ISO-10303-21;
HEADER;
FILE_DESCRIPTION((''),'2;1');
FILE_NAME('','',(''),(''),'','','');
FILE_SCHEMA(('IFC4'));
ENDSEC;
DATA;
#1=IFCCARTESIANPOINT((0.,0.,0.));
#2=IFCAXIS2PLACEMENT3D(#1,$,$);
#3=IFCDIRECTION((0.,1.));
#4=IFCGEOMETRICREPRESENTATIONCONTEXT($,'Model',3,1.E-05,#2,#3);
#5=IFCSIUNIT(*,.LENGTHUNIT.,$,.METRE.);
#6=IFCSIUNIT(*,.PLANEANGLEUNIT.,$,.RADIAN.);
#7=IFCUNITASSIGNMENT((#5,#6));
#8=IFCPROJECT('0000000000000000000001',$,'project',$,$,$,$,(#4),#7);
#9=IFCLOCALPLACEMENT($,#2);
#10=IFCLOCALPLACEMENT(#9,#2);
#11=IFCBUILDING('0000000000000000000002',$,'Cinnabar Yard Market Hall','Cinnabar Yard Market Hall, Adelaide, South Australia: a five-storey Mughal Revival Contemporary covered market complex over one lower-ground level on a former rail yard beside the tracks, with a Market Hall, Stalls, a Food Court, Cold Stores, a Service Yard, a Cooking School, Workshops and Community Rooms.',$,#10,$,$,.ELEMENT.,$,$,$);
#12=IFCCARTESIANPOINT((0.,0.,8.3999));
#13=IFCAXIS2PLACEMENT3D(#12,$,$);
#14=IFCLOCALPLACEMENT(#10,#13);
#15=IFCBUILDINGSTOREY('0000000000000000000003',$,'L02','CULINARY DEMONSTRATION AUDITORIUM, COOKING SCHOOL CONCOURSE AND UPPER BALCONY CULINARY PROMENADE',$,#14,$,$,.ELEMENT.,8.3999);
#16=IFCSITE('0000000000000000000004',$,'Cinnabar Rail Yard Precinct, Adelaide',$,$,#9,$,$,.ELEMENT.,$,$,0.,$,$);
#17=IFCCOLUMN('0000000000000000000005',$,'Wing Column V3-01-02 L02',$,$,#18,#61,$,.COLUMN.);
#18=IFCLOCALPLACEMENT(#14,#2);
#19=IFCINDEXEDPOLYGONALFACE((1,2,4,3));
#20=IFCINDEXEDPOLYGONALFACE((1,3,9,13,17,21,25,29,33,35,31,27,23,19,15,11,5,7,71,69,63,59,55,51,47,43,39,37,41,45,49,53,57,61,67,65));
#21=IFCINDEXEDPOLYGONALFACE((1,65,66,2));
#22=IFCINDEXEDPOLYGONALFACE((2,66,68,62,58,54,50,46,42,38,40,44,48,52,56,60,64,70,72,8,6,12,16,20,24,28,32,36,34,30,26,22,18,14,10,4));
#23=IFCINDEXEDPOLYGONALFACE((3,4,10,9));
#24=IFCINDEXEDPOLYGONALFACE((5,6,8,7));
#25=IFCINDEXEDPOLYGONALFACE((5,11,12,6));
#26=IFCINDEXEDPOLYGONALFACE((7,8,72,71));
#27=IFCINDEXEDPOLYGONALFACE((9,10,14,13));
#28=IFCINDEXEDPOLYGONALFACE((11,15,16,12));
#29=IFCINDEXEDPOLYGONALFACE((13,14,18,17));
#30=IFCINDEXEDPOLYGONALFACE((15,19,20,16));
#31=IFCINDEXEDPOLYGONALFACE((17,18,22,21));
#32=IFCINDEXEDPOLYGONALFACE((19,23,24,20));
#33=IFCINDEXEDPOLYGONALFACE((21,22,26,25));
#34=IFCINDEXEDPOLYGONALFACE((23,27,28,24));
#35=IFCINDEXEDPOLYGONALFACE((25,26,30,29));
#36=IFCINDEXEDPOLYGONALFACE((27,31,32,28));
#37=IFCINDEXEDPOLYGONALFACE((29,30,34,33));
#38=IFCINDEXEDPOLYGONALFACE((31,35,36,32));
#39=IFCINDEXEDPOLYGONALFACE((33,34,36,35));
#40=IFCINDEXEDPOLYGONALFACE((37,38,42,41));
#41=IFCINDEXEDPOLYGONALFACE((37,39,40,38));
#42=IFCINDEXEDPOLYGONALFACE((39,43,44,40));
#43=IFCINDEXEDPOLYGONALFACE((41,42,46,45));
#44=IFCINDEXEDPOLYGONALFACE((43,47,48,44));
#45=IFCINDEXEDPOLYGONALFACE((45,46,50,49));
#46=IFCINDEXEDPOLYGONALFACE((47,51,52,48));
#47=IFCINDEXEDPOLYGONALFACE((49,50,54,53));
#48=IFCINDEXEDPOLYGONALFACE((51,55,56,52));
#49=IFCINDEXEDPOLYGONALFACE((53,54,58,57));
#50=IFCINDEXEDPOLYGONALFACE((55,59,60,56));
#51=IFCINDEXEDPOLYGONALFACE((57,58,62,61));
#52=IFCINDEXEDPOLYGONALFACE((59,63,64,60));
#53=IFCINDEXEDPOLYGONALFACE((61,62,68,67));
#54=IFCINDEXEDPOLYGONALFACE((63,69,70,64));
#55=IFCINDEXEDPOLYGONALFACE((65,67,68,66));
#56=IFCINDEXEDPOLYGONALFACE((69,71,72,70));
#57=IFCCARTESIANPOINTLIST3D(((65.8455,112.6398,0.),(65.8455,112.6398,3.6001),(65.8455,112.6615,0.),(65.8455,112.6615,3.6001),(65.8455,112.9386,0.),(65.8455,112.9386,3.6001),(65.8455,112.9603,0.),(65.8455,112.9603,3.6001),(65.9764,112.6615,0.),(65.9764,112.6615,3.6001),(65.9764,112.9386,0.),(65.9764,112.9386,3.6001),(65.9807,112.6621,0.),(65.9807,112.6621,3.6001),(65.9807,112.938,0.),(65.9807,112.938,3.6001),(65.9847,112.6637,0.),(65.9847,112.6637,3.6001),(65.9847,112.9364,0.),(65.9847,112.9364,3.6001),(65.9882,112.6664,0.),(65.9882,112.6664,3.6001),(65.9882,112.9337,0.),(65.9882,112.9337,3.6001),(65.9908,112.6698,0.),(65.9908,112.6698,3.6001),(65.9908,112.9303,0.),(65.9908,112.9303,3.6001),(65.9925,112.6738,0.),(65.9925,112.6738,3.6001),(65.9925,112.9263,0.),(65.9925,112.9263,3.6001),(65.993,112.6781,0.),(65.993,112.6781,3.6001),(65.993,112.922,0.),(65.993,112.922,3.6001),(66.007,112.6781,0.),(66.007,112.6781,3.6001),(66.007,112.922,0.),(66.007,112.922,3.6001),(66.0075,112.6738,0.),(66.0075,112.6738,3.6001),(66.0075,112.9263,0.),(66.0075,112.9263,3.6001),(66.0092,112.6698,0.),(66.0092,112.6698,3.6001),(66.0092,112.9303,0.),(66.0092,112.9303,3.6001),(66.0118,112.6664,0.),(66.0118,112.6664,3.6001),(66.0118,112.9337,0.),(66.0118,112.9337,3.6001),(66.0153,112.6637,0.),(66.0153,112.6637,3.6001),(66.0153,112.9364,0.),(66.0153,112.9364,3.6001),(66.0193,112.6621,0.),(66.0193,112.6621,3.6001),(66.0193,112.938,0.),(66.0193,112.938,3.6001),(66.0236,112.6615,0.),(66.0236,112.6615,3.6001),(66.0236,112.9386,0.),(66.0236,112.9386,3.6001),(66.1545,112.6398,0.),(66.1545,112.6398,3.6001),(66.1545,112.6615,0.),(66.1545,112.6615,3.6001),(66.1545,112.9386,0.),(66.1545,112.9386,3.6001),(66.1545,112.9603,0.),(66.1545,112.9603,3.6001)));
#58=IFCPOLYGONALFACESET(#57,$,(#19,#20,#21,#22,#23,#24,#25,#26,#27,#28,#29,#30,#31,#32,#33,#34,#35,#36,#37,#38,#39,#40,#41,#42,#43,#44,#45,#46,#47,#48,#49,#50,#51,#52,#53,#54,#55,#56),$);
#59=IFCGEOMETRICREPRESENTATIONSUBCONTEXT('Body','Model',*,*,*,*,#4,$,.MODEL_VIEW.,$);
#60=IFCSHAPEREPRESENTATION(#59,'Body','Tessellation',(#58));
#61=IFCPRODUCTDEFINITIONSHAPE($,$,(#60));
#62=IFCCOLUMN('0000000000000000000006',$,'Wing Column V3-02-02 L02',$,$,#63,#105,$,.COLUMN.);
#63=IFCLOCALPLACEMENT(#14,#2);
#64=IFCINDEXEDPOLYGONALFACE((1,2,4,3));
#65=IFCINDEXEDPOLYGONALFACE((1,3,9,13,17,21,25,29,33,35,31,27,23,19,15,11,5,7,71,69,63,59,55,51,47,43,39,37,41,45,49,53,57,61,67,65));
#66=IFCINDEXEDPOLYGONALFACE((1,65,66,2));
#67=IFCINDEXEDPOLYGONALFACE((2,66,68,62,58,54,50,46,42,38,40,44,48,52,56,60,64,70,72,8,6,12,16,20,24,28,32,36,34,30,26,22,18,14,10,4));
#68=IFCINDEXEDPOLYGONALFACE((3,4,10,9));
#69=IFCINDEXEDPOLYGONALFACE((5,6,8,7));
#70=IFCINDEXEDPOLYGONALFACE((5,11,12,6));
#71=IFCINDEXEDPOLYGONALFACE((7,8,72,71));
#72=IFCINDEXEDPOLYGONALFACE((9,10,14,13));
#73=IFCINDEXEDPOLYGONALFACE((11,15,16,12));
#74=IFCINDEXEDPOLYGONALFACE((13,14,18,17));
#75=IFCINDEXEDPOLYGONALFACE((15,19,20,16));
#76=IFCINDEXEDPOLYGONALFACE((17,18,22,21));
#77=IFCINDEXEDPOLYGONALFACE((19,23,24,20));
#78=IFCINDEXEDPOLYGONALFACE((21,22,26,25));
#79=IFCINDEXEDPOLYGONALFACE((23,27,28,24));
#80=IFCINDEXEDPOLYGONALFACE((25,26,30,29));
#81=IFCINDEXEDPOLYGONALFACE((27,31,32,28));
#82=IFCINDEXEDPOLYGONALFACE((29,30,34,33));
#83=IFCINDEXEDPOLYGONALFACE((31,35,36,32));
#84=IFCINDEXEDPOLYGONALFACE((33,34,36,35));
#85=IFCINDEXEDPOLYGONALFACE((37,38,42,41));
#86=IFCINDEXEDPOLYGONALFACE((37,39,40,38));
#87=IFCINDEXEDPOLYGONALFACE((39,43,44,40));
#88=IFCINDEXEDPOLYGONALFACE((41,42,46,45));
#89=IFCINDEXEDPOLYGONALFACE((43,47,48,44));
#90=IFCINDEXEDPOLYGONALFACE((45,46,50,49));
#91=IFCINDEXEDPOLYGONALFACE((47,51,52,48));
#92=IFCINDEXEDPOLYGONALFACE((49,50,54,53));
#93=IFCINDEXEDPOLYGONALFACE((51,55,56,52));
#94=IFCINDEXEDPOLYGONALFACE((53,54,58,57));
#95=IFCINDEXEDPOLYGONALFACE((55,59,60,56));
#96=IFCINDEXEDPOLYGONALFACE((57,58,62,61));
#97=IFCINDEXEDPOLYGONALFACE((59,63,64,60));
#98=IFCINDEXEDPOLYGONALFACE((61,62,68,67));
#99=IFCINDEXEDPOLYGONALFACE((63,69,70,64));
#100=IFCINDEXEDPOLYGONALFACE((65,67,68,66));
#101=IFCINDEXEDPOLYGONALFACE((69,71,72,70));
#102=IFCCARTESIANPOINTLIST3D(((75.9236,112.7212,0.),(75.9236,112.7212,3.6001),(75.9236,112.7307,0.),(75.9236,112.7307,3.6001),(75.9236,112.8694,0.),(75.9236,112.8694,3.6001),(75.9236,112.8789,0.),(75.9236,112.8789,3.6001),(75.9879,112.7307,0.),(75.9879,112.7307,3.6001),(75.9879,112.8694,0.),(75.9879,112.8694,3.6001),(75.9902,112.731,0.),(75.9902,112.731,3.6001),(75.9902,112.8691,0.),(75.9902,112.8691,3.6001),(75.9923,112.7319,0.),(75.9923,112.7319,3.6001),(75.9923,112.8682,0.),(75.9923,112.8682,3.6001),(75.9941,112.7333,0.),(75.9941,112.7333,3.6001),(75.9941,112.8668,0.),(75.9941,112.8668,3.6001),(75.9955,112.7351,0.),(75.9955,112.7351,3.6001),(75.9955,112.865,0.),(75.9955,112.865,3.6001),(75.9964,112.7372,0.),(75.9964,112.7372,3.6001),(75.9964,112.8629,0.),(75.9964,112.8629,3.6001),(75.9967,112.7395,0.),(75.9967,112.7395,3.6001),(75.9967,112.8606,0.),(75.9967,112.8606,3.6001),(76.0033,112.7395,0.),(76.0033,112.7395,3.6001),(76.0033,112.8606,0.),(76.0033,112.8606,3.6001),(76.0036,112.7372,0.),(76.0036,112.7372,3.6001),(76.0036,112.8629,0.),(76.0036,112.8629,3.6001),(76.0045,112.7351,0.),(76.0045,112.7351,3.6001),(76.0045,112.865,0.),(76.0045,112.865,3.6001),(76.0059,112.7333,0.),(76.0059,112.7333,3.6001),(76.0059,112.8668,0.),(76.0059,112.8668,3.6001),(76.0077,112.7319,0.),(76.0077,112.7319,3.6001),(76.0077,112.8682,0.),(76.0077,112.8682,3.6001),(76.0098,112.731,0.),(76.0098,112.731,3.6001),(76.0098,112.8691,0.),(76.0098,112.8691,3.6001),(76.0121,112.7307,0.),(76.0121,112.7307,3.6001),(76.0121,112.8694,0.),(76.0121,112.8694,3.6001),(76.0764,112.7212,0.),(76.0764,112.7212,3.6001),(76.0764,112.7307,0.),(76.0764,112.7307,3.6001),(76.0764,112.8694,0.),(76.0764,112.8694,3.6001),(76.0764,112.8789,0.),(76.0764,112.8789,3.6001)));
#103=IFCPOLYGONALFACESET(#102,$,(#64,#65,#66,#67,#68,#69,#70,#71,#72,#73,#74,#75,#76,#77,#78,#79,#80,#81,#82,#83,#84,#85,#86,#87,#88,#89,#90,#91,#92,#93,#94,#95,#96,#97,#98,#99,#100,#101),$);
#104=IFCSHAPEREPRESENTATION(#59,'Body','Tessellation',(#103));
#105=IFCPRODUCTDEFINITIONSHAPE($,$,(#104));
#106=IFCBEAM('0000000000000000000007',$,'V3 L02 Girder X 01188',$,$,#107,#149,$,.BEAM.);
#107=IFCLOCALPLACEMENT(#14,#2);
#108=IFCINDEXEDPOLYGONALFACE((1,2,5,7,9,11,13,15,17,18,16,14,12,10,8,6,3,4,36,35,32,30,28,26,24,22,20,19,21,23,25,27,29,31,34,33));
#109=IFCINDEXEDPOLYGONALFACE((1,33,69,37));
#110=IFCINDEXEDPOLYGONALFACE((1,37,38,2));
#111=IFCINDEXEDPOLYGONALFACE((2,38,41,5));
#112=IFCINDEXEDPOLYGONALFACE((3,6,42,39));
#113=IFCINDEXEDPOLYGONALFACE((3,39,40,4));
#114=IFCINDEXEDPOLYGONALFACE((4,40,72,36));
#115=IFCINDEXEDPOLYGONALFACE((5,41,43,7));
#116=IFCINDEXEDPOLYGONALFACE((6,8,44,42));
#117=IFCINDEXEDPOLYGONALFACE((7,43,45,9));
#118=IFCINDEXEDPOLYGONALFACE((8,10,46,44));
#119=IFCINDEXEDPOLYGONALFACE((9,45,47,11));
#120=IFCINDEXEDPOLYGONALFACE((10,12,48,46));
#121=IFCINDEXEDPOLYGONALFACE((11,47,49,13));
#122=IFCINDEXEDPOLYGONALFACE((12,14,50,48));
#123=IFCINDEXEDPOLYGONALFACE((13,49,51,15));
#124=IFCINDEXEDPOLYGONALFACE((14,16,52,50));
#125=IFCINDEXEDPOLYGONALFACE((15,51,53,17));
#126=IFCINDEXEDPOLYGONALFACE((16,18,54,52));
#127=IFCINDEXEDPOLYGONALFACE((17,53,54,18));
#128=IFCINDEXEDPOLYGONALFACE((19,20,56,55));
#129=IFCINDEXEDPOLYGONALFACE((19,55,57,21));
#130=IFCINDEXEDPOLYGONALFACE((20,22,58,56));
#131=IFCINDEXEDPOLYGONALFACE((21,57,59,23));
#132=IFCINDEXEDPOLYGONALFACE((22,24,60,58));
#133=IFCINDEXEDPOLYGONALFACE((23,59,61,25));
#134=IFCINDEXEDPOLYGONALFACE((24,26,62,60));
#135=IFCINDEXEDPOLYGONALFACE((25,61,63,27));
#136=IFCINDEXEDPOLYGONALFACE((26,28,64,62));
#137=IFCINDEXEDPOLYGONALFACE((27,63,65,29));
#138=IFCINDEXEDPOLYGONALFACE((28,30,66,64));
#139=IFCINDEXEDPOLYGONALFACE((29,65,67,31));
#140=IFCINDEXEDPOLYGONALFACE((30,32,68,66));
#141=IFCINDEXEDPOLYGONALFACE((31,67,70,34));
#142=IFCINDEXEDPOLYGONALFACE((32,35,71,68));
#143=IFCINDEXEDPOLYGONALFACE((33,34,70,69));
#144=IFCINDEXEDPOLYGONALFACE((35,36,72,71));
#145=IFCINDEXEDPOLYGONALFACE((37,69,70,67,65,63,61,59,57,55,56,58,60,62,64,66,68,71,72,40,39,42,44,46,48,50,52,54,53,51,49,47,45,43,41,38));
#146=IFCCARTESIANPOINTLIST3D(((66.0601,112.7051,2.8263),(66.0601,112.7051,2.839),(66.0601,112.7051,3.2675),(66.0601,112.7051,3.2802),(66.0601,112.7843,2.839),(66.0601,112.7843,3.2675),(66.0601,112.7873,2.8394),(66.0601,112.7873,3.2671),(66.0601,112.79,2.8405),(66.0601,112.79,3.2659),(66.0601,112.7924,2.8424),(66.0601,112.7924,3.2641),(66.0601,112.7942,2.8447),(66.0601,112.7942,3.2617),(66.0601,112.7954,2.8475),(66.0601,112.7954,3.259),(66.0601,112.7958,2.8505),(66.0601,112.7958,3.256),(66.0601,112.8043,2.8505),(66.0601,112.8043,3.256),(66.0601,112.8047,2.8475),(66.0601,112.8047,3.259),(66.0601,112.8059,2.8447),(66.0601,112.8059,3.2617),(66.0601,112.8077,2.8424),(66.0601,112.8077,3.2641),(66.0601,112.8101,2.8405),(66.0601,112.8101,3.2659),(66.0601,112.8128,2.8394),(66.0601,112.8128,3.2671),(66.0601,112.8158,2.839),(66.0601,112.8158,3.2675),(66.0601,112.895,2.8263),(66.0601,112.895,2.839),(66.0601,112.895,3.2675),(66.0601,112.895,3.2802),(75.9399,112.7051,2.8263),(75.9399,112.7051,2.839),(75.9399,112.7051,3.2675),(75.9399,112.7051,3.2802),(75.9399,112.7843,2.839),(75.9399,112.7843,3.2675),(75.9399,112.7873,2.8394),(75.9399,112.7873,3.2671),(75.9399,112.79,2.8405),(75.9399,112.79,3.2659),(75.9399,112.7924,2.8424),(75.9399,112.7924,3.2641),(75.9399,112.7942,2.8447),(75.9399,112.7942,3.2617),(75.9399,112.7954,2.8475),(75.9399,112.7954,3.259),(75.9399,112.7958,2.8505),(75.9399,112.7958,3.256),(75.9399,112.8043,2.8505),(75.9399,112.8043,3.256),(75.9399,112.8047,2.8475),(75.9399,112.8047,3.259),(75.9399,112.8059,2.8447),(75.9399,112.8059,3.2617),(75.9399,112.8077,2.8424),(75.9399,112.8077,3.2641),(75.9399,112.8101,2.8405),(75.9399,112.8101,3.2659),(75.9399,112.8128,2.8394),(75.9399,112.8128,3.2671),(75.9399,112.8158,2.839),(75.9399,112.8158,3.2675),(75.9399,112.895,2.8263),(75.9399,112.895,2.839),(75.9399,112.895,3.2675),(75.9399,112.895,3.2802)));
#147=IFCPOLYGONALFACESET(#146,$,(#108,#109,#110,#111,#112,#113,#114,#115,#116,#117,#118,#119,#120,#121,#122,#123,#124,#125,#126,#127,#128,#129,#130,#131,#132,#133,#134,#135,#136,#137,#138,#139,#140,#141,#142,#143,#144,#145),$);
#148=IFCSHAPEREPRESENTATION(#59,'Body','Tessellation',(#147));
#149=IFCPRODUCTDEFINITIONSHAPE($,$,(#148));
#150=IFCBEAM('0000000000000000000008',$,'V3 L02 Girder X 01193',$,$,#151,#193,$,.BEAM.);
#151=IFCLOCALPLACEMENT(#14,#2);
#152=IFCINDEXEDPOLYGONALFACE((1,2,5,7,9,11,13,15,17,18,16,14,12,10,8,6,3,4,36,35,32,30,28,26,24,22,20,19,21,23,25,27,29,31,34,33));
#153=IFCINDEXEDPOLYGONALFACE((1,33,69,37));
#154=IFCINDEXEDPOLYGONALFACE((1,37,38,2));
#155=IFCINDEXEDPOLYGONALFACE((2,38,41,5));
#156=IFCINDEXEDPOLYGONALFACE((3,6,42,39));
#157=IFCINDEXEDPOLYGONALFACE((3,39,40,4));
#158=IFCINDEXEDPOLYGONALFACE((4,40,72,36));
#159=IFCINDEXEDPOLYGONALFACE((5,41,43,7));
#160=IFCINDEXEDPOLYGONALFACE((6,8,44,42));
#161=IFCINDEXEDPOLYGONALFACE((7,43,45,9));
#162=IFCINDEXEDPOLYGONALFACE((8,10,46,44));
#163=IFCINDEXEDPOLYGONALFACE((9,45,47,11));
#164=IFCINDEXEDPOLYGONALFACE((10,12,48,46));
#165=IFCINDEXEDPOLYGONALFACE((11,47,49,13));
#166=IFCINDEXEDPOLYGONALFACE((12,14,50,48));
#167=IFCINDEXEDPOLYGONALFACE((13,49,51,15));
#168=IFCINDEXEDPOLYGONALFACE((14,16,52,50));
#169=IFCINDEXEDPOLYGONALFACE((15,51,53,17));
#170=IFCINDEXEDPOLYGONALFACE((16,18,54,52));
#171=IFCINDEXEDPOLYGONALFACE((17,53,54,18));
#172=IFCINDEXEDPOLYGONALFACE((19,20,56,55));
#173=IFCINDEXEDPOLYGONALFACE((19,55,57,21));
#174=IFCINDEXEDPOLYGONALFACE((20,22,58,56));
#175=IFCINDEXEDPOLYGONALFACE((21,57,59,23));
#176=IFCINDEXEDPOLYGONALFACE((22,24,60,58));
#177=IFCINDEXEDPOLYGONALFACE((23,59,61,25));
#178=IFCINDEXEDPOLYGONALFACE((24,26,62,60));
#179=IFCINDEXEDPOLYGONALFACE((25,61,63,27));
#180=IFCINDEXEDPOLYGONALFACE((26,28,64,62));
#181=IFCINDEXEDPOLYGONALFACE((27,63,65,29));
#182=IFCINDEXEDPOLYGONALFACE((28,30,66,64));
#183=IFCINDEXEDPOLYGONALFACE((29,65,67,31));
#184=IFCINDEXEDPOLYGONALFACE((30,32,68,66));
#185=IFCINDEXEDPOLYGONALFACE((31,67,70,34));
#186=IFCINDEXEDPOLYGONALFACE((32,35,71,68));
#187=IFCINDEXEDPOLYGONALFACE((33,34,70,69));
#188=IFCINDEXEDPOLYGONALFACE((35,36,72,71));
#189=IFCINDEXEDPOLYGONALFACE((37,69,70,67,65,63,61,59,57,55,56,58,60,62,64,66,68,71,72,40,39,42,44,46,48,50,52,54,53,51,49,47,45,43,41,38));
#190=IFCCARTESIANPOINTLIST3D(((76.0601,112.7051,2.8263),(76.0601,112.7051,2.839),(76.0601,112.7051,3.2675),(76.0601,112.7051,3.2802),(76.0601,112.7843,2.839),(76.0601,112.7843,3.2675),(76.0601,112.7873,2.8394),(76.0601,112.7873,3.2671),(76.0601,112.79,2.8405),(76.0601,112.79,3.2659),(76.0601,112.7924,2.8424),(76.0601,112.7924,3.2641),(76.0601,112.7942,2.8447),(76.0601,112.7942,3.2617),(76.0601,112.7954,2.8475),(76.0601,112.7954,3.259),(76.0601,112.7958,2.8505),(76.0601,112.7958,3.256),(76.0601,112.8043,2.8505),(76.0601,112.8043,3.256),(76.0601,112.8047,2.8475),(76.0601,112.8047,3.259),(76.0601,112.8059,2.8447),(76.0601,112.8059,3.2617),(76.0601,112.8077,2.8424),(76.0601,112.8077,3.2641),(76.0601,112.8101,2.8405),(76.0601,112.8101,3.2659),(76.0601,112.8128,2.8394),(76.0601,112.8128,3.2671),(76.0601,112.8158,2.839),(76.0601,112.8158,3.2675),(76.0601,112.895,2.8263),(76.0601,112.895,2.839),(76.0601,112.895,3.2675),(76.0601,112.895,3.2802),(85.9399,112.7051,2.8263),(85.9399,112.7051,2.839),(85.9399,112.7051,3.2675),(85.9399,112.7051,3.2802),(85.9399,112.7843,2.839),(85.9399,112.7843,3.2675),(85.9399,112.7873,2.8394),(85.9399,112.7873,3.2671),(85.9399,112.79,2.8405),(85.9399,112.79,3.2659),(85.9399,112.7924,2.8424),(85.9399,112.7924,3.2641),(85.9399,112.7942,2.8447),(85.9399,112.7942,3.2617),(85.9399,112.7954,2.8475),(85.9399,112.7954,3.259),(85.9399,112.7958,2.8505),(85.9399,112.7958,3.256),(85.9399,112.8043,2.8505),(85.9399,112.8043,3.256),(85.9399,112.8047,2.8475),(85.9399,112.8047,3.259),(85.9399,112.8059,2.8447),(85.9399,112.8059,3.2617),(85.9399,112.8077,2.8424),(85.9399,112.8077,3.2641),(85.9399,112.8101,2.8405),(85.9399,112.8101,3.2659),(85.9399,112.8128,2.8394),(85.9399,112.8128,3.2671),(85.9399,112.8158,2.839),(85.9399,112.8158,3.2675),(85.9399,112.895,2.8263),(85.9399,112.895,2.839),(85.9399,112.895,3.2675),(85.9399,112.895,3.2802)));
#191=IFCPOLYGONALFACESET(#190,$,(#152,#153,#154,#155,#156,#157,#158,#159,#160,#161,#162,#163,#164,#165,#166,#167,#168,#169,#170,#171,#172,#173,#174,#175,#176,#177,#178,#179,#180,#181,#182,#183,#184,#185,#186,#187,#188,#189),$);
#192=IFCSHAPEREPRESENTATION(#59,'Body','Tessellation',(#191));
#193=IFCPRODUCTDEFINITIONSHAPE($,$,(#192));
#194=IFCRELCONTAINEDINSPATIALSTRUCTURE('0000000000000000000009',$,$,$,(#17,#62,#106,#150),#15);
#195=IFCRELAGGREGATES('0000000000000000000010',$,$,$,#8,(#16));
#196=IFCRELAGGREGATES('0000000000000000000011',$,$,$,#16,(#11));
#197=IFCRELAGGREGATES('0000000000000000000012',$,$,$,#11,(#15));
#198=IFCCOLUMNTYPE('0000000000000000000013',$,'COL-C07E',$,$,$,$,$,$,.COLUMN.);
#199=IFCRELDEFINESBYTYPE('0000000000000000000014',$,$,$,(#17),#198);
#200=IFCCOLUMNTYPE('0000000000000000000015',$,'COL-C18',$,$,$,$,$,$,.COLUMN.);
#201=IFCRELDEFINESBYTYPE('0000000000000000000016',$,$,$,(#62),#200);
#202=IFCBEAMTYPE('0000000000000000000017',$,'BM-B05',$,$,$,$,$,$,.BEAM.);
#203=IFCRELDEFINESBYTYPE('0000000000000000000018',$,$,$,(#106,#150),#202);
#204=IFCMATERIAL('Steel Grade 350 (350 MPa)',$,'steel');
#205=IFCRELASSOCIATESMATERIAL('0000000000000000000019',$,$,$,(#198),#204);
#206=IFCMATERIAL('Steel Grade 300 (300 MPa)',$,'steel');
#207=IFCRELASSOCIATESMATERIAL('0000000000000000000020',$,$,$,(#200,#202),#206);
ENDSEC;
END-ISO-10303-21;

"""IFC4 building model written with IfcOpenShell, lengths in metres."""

from ifc_helpers import new_model, si_unit, direction, frame, origin, origin_2d_with_axis, place, context, subcontext, project, spatial, i_section, extrude, material, material_profile, profile_set, type_object, element, save


model = new_model("IFC4")

# Units and contexts
model_context = context("Model", 3, precision=1e-05, world=origin(), true_north=direction((0.0, 1.0)))
body_context = subcontext(model_context, "Body", "Model", "MODEL_VIEW")
ifc_project = project(units=[si_unit("LENGTHUNIT", "METRE"), si_unit("PLANEANGLEUNIT", "RADIAN")], contexts=[model_context])

# Site, building, storey
site_placement = place(None, origin())
site = spatial("IfcSite", under=ifc_project, at=site_placement, Name="Cinnabar Rail Yard Precinct, Adelaide", CompositionType="ELEMENT", RefElevation=0.0)
building_placement = place(site_placement, origin())
building = spatial("IfcBuilding", under=site, at=building_placement, Name="Cinnabar Yard Market Hall", Description="Cinnabar Yard Market Hall, Adelaide, South Australia: a five-storey Mughal Revival Contemporary covered market complex over one lower-ground level on a former rail yard beside the tracks, with a Market Hall, Stalls, a Food Court, Cold Stores, a Service Yard, a Cooking School, Workshops and Community Rooms.", CompositionType="ELEMENT")
storey_placement = place(building_placement, frame((0.0, 0.0, 8.3999)))
storey = spatial("IfcBuildingStorey", under=building, at=storey_placement, Name="L02", Description="CULINARY DEMONSTRATION AUDITORIUM, COOKING SCHOOL CONCOURSE AND UPPER BALCONY CULINARY PROMENADE", CompositionType="ELEMENT", Elevation=8.3999)

# Columns
ifc_material_1 = material(Name="Steel Grade 350 (350 MPa)", Category="steel")
ifc_material_profile_1 = material_profile(ifc_material_1, i_section(OverallWidth=0.3091, OverallDepth=0.3206, WebThickness=0.0139, FlangeThickness=0.0217, FilletRadius=0.0166, at=origin_2d_with_axis()), Name="310UC137")
ifc_profile_set_1 = profile_set([ifc_material_profile_1], Name="Steel Grade 350 (350 MPa)")
column_type_1 = type_object("IfcColumnType", Name="COL-C07E", PredefinedType="COLUMN", material=ifc_profile_set_1)
column_1_placement = place(storey_placement, frame((66.0, 112.8, 0.0), z_axis=(0.0, 0.0, 1.0), x_axis=(1.0, 0.0, 0.0)))
element("IfcColumn", 1, at=column_1_placement, inside=storey, type_object=column_type_1, Name="Wing Column V3-01-02 L02", PredefinedType="COLUMN", context=body_context, shape_type="SweptSolid", body=[
    extrude(i_section(OverallWidth=0.3091, OverallDepth=0.3206, WebThickness=0.0139, FlangeThickness=0.0217, FilletRadius=0.0166, at=origin_2d_with_axis()), origin(), (0.0, 0.0, 1.0), 3.6001),
])
ifc_material_2 = material(Name="Steel Grade 300 (300 MPa)", Category="steel")
ifc_material_profile_2 = material_profile(ifc_material_2, i_section(OverallWidth=0.1528, OverallDepth=0.1577, WebThickness=0.0066, FlangeThickness=0.0095, FilletRadius=0.0088, at=origin_2d_with_axis()), Name="150UC30.0")
ifc_profile_set_2 = profile_set([ifc_material_profile_2], Name="Steel Grade 300 (300 MPa)")
column_type_2 = type_object("IfcColumnType", Name="COL-C18", PredefinedType="COLUMN", material=ifc_profile_set_2)
column_2_placement = place(storey_placement, frame((76.0, 112.8, 0.0), z_axis=(0.0, 0.0, 1.0), x_axis=(1.0, 0.0, 0.0)))
element("IfcColumn", 2, at=column_2_placement, inside=storey, type_object=column_type_2, Name="Wing Column V3-02-02 L02", PredefinedType="COLUMN", context=body_context, shape_type="SweptSolid", body=[
    extrude(i_section(OverallWidth=0.1528, OverallDepth=0.1577, WebThickness=0.0066, FlangeThickness=0.0095, FilletRadius=0.0088, at=origin_2d_with_axis()), origin(), (0.0, 0.0, 1.0), 3.6001),
])

# Beams
ifc_material_profile_3 = material_profile(ifc_material_2, i_section(OverallWidth=0.1899, OverallDepth=0.4539, WebThickness=0.0085, FlangeThickness=0.0127, FilletRadius=0.0115, at=origin_2d_with_axis()), Name="460UB67.1")
ifc_profile_set_3 = profile_set([ifc_material_profile_3], Name="Steel Grade 300 (300 MPa)")
beam_type_1 = type_object("IfcBeamType", Name="BM-B05", PredefinedType="BEAM", material=ifc_profile_set_3)
for number, where, z_axis, x_axis, name in (
    (3, (66.0601, 112.8, 3.0532), (1.0, 0.0, 0.0), (0.0, 1.0, 0.0), "V3 L02 Girder X 01188"),
    (4, (76.0601, 112.8, 3.0532), (1.0, 0.0, 0.0), (0.0, 1.0, 0.0), "V3 L02 Girder X 01193"),
):
    element("IfcBeam", number, at=place(storey_placement, frame(where, z_axis=z_axis, x_axis=x_axis)), inside=storey, type_object=beam_type_1, Name=name, PredefinedType="BEAM", context=body_context, shape_type="SweptSolid", body=[
        extrude(i_section(OverallWidth=0.1899, OverallDepth=0.4539, WebThickness=0.0085, FlangeThickness=0.0127, FilletRadius=0.0115, at=origin_2d_with_axis()), origin(), (0.0, 0.0, 1.0), 9.8799),
    ])

save(model, "model.ifc")
